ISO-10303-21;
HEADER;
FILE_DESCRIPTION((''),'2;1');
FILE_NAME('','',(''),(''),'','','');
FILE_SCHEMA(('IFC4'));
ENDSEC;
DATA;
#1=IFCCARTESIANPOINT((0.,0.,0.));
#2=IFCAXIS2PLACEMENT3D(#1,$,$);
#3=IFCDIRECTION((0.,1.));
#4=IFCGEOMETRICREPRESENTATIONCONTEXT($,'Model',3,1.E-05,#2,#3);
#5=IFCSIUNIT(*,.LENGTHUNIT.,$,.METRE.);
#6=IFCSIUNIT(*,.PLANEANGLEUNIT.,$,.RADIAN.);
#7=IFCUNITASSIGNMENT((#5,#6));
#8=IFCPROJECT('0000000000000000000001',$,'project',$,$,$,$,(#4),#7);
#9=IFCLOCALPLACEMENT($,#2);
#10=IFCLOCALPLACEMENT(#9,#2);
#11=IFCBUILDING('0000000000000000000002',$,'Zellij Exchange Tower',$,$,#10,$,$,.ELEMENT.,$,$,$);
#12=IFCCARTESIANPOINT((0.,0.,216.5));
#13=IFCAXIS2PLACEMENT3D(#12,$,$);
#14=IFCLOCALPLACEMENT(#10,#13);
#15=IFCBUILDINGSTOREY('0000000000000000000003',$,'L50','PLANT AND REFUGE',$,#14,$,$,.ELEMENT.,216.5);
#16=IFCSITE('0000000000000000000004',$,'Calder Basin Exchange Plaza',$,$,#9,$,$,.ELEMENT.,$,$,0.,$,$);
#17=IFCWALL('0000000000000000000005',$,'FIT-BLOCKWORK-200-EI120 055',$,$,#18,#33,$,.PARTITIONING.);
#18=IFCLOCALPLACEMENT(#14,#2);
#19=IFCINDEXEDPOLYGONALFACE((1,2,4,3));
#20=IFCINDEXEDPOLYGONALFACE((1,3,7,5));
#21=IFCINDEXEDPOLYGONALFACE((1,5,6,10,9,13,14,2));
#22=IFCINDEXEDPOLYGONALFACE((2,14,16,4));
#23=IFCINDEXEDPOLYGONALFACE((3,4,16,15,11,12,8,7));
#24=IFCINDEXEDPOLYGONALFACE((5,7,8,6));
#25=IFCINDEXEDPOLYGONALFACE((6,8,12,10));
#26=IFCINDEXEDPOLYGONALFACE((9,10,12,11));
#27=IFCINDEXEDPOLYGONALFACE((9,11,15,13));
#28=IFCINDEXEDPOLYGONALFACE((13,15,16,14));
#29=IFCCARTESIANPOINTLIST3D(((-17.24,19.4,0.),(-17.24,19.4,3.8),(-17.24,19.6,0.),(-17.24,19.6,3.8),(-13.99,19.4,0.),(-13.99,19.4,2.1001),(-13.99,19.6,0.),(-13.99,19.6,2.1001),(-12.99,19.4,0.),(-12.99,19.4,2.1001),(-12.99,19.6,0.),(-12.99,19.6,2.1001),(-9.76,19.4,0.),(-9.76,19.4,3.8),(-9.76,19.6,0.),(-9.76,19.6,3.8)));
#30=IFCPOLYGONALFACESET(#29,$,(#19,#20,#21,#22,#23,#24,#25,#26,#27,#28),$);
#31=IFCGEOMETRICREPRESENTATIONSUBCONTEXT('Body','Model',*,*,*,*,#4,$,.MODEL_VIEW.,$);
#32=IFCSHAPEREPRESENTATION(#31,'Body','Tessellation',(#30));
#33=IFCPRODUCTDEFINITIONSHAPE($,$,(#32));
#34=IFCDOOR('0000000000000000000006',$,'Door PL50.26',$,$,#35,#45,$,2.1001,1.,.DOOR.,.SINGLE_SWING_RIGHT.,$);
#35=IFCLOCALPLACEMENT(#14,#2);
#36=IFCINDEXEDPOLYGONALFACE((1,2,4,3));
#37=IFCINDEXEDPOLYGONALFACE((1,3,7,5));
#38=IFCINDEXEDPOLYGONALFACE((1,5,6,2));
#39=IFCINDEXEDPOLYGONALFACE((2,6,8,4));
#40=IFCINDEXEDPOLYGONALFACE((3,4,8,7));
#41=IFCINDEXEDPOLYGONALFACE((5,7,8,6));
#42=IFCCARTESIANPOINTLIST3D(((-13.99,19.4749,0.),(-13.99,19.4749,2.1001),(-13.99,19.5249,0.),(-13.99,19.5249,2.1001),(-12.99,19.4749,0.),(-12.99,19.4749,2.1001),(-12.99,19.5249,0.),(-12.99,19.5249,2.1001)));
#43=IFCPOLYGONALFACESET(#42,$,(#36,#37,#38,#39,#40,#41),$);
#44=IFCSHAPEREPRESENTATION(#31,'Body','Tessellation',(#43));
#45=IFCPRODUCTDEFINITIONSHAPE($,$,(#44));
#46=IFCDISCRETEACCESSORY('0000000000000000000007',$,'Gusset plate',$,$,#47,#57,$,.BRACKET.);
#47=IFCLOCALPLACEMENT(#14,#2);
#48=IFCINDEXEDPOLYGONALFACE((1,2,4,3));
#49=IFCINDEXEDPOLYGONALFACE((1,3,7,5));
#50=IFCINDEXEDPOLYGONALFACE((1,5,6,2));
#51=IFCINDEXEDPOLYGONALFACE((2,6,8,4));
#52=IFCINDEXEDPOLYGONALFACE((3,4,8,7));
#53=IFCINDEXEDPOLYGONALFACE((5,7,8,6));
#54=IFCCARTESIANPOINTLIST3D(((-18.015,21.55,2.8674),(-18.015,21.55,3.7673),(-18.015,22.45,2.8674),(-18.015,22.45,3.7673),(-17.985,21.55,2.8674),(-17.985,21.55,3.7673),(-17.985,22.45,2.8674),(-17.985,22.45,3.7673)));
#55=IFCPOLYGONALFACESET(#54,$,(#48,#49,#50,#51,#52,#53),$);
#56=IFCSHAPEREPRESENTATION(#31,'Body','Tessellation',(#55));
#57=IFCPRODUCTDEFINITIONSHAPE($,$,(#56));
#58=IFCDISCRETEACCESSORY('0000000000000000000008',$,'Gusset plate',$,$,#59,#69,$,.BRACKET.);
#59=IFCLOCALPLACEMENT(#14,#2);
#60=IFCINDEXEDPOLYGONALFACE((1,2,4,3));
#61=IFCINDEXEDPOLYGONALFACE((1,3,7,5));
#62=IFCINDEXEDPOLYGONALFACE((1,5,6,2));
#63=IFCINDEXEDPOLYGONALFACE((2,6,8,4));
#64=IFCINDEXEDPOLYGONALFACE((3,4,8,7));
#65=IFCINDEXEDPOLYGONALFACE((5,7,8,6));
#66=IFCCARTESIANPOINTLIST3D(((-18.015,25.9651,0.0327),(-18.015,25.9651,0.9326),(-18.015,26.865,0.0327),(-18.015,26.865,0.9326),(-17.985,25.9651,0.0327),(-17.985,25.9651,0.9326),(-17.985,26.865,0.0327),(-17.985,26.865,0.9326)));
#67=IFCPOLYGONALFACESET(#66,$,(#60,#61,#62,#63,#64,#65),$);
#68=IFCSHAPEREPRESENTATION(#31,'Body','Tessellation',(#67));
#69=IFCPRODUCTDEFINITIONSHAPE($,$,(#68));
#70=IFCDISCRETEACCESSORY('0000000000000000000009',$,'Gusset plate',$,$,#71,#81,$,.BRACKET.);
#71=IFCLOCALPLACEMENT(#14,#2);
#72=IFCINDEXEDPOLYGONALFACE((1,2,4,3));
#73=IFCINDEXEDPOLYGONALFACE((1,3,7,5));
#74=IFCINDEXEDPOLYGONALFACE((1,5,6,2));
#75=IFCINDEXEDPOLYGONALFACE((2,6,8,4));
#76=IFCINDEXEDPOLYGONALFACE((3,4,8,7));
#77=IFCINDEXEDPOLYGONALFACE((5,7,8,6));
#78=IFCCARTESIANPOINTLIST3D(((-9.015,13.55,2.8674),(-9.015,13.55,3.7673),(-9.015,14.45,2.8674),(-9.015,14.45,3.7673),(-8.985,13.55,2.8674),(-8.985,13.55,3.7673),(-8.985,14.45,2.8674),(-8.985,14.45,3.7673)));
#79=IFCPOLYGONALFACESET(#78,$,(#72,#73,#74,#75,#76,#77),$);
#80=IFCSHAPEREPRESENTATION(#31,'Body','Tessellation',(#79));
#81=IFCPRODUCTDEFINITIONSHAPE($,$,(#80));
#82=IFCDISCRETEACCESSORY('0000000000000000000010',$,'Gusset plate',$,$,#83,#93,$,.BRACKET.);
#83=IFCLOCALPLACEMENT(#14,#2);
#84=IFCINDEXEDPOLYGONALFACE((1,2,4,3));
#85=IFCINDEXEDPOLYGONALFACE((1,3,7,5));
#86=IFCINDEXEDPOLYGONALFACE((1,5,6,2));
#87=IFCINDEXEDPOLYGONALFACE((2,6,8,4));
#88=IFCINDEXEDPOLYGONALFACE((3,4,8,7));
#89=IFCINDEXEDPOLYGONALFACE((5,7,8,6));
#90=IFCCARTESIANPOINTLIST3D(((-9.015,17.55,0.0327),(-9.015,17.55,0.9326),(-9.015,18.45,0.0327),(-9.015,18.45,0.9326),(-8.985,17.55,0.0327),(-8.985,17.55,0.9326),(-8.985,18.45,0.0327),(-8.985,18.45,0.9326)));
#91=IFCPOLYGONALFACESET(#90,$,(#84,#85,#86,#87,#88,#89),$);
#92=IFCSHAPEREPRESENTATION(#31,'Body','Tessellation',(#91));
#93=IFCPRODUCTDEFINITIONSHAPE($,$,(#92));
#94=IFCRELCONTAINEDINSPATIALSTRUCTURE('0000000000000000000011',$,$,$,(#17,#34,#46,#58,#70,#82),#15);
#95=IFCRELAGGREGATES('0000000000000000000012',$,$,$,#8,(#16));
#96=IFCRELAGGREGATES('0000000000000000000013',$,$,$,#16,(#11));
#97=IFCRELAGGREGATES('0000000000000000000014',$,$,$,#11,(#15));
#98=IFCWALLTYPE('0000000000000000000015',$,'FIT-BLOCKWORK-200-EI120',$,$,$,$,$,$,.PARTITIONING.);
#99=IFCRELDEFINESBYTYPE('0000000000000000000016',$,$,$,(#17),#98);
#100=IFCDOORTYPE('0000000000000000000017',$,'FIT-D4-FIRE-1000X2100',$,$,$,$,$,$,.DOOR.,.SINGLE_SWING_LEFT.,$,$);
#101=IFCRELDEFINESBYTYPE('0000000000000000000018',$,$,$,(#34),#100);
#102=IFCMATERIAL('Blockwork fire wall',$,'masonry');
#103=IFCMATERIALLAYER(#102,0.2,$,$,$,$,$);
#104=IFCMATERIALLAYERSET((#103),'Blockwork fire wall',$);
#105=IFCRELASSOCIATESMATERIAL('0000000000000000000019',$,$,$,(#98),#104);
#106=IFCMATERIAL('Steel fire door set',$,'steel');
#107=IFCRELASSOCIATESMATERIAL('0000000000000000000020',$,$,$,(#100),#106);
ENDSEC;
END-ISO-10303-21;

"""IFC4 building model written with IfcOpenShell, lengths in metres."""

from ifc_helpers import new_model, si_unit, direction, frame, frame_2d, origin, origin_2d, place, context, subcontext, project, spatial, rectangle, extrude, material, layer, layer_set, type_object, element, fill, save


model = new_model("IFC4")

# Units and contexts
model_context = context("Model", 3, precision=1e-05, world=origin(), true_north=direction((0.0, 1.0)))
body_context = subcontext(model_context, "Body", "Model", "MODEL_VIEW")
ifc_project = project(units=[si_unit("LENGTHUNIT", "METRE"), si_unit("PLANEANGLEUNIT", "RADIAN")], contexts=[model_context])

# Site, building, storey
site_placement = place(None, origin())
site = spatial("IfcSite", under=ifc_project, at=site_placement, Name="Calder Basin Exchange Plaza", CompositionType="ELEMENT", RefElevation=0.0)
building_placement = place(site_placement, origin())
building = spatial("IfcBuilding", under=site, at=building_placement, Name="Zellij Exchange Tower", CompositionType="ELEMENT")
storey_placement = place(building_placement, frame((0.0, 0.0, 216.5)))
storey = spatial("IfcBuildingStorey", under=building, at=storey_placement, Name="L50", Description="PLANT AND REFUGE", CompositionType="ELEMENT", Elevation=216.5)

# Wall, opening, door
ifc_material_1 = material(Name="Blockwork fire wall", Category="masonry")
ifc_layer = layer(ifc_material_1, 0.2)
ifc_layer_set = layer_set([ifc_layer], Name="Blockwork fire wall")
wall_type = type_object("IfcWallType", Name="FIT-BLOCKWORK-200-EI120", PredefinedType="PARTITIONING", material=ifc_layer_set)
ifc_material_2 = material(Name="Steel fire door set", Category="steel")
door_type = type_object("IfcDoorType", Name="FIT-D4-FIRE-1000X2100", OperationType="SINGLE_SWING_LEFT", PredefinedType="DOOR", material=ifc_material_2)
wall_1_placement = place(storey_placement, frame((-17.24, 19.5, 0.0), z_axis=(0.0, 0.0, 1.0), x_axis=(1.0, 0.0, 0.0)))
wall_1 = element("IfcWall", 1, at=wall_1_placement, inside=storey, type_object=wall_type, Name="FIT-BLOCKWORK-200-EI120 055", PredefinedType="PARTITIONING", context=body_context, shape_type="SweptSolid", body=[
    extrude(rectangle(XDim=7.48, YDim=0.2, at=frame_2d((3.74, 0.0))), origin(), (0.0, 0.0, 1.0), 3.8),
])
opening_1_placement = place(wall_1_placement, frame((3.25, 0.0, 0.0)))
opening_1 = element("IfcOpeningElement", 2, at=opening_1_placement, cuts=wall_1, PredefinedType="OPENING", context=body_context, shape_type="SweptSolid", body=[
    extrude(rectangle(XDim=1.0, YDim=2.1001, at=frame_2d((0.5, 1.05))), frame((0.0, 0.1118, 0.0), z_axis=(0.0, -1.0, 0.0), x_axis=(1.0, 0.0, 0.0)), (0.0, 0.0, 1.0), 0.2239),
])
door_1_placement = place(opening_1_placement, origin())
door_1 = element("IfcDoor", 3, at=door_1_placement, inside=storey, type_object=door_type, Name="Door PL50.26", OperationType="SINGLE_SWING_RIGHT", OverallHeight=2.1001, OverallWidth=1.0, PredefinedType="DOOR", context=body_context, shape_type="SweptSolid", body=[
    extrude(rectangle(XDim=1.0, YDim=2.1001, at=frame_2d((0.5, 1.05))), frame((0.0, 0.0249, 0.0), z_axis=(0.0, -1.0, 0.0), x_axis=(1.0, 0.0, 0.0)), (0.0, 0.0, 1.0), 0.05),
])
fill(opening_1, door_1)

# Discrete accessories
for number, where, z_axis, x_axis, name in (
    (4, (-18.0, 22.0, 2.8674), (0.0, 0.0, 1.0), (0.0, 1.0, 0.0), "Gusset plate"),
    (5, (-18.0, 26.415, 0.0327), (0.0, 0.0, 1.0), (0.0, 1.0, 0.0), "Gusset plate"),
    (6, (-9.0, 14.0, 2.8674), (0.0, 0.0, 1.0), (0.0, 1.0, 0.0), "Gusset plate"),
    (7, (-9.0, 18.0, 0.0327), (0.0, 0.0, 1.0), (0.0, 1.0, 0.0), "Gusset plate"),
):
    element("IfcDiscreteAccessory", number, at=place(storey_placement, frame(where, z_axis=z_axis, x_axis=x_axis)), inside=storey, Name=name, PredefinedType="BRACKET", context=body_context, shape_type="SweptSolid", body=[
        extrude(rectangle(XDim=0.8999, YDim=0.03, at=origin_2d()), origin(), (0.0, 0.0, 1.0), 0.8999),
    ])

save(model, "model.ifc")
